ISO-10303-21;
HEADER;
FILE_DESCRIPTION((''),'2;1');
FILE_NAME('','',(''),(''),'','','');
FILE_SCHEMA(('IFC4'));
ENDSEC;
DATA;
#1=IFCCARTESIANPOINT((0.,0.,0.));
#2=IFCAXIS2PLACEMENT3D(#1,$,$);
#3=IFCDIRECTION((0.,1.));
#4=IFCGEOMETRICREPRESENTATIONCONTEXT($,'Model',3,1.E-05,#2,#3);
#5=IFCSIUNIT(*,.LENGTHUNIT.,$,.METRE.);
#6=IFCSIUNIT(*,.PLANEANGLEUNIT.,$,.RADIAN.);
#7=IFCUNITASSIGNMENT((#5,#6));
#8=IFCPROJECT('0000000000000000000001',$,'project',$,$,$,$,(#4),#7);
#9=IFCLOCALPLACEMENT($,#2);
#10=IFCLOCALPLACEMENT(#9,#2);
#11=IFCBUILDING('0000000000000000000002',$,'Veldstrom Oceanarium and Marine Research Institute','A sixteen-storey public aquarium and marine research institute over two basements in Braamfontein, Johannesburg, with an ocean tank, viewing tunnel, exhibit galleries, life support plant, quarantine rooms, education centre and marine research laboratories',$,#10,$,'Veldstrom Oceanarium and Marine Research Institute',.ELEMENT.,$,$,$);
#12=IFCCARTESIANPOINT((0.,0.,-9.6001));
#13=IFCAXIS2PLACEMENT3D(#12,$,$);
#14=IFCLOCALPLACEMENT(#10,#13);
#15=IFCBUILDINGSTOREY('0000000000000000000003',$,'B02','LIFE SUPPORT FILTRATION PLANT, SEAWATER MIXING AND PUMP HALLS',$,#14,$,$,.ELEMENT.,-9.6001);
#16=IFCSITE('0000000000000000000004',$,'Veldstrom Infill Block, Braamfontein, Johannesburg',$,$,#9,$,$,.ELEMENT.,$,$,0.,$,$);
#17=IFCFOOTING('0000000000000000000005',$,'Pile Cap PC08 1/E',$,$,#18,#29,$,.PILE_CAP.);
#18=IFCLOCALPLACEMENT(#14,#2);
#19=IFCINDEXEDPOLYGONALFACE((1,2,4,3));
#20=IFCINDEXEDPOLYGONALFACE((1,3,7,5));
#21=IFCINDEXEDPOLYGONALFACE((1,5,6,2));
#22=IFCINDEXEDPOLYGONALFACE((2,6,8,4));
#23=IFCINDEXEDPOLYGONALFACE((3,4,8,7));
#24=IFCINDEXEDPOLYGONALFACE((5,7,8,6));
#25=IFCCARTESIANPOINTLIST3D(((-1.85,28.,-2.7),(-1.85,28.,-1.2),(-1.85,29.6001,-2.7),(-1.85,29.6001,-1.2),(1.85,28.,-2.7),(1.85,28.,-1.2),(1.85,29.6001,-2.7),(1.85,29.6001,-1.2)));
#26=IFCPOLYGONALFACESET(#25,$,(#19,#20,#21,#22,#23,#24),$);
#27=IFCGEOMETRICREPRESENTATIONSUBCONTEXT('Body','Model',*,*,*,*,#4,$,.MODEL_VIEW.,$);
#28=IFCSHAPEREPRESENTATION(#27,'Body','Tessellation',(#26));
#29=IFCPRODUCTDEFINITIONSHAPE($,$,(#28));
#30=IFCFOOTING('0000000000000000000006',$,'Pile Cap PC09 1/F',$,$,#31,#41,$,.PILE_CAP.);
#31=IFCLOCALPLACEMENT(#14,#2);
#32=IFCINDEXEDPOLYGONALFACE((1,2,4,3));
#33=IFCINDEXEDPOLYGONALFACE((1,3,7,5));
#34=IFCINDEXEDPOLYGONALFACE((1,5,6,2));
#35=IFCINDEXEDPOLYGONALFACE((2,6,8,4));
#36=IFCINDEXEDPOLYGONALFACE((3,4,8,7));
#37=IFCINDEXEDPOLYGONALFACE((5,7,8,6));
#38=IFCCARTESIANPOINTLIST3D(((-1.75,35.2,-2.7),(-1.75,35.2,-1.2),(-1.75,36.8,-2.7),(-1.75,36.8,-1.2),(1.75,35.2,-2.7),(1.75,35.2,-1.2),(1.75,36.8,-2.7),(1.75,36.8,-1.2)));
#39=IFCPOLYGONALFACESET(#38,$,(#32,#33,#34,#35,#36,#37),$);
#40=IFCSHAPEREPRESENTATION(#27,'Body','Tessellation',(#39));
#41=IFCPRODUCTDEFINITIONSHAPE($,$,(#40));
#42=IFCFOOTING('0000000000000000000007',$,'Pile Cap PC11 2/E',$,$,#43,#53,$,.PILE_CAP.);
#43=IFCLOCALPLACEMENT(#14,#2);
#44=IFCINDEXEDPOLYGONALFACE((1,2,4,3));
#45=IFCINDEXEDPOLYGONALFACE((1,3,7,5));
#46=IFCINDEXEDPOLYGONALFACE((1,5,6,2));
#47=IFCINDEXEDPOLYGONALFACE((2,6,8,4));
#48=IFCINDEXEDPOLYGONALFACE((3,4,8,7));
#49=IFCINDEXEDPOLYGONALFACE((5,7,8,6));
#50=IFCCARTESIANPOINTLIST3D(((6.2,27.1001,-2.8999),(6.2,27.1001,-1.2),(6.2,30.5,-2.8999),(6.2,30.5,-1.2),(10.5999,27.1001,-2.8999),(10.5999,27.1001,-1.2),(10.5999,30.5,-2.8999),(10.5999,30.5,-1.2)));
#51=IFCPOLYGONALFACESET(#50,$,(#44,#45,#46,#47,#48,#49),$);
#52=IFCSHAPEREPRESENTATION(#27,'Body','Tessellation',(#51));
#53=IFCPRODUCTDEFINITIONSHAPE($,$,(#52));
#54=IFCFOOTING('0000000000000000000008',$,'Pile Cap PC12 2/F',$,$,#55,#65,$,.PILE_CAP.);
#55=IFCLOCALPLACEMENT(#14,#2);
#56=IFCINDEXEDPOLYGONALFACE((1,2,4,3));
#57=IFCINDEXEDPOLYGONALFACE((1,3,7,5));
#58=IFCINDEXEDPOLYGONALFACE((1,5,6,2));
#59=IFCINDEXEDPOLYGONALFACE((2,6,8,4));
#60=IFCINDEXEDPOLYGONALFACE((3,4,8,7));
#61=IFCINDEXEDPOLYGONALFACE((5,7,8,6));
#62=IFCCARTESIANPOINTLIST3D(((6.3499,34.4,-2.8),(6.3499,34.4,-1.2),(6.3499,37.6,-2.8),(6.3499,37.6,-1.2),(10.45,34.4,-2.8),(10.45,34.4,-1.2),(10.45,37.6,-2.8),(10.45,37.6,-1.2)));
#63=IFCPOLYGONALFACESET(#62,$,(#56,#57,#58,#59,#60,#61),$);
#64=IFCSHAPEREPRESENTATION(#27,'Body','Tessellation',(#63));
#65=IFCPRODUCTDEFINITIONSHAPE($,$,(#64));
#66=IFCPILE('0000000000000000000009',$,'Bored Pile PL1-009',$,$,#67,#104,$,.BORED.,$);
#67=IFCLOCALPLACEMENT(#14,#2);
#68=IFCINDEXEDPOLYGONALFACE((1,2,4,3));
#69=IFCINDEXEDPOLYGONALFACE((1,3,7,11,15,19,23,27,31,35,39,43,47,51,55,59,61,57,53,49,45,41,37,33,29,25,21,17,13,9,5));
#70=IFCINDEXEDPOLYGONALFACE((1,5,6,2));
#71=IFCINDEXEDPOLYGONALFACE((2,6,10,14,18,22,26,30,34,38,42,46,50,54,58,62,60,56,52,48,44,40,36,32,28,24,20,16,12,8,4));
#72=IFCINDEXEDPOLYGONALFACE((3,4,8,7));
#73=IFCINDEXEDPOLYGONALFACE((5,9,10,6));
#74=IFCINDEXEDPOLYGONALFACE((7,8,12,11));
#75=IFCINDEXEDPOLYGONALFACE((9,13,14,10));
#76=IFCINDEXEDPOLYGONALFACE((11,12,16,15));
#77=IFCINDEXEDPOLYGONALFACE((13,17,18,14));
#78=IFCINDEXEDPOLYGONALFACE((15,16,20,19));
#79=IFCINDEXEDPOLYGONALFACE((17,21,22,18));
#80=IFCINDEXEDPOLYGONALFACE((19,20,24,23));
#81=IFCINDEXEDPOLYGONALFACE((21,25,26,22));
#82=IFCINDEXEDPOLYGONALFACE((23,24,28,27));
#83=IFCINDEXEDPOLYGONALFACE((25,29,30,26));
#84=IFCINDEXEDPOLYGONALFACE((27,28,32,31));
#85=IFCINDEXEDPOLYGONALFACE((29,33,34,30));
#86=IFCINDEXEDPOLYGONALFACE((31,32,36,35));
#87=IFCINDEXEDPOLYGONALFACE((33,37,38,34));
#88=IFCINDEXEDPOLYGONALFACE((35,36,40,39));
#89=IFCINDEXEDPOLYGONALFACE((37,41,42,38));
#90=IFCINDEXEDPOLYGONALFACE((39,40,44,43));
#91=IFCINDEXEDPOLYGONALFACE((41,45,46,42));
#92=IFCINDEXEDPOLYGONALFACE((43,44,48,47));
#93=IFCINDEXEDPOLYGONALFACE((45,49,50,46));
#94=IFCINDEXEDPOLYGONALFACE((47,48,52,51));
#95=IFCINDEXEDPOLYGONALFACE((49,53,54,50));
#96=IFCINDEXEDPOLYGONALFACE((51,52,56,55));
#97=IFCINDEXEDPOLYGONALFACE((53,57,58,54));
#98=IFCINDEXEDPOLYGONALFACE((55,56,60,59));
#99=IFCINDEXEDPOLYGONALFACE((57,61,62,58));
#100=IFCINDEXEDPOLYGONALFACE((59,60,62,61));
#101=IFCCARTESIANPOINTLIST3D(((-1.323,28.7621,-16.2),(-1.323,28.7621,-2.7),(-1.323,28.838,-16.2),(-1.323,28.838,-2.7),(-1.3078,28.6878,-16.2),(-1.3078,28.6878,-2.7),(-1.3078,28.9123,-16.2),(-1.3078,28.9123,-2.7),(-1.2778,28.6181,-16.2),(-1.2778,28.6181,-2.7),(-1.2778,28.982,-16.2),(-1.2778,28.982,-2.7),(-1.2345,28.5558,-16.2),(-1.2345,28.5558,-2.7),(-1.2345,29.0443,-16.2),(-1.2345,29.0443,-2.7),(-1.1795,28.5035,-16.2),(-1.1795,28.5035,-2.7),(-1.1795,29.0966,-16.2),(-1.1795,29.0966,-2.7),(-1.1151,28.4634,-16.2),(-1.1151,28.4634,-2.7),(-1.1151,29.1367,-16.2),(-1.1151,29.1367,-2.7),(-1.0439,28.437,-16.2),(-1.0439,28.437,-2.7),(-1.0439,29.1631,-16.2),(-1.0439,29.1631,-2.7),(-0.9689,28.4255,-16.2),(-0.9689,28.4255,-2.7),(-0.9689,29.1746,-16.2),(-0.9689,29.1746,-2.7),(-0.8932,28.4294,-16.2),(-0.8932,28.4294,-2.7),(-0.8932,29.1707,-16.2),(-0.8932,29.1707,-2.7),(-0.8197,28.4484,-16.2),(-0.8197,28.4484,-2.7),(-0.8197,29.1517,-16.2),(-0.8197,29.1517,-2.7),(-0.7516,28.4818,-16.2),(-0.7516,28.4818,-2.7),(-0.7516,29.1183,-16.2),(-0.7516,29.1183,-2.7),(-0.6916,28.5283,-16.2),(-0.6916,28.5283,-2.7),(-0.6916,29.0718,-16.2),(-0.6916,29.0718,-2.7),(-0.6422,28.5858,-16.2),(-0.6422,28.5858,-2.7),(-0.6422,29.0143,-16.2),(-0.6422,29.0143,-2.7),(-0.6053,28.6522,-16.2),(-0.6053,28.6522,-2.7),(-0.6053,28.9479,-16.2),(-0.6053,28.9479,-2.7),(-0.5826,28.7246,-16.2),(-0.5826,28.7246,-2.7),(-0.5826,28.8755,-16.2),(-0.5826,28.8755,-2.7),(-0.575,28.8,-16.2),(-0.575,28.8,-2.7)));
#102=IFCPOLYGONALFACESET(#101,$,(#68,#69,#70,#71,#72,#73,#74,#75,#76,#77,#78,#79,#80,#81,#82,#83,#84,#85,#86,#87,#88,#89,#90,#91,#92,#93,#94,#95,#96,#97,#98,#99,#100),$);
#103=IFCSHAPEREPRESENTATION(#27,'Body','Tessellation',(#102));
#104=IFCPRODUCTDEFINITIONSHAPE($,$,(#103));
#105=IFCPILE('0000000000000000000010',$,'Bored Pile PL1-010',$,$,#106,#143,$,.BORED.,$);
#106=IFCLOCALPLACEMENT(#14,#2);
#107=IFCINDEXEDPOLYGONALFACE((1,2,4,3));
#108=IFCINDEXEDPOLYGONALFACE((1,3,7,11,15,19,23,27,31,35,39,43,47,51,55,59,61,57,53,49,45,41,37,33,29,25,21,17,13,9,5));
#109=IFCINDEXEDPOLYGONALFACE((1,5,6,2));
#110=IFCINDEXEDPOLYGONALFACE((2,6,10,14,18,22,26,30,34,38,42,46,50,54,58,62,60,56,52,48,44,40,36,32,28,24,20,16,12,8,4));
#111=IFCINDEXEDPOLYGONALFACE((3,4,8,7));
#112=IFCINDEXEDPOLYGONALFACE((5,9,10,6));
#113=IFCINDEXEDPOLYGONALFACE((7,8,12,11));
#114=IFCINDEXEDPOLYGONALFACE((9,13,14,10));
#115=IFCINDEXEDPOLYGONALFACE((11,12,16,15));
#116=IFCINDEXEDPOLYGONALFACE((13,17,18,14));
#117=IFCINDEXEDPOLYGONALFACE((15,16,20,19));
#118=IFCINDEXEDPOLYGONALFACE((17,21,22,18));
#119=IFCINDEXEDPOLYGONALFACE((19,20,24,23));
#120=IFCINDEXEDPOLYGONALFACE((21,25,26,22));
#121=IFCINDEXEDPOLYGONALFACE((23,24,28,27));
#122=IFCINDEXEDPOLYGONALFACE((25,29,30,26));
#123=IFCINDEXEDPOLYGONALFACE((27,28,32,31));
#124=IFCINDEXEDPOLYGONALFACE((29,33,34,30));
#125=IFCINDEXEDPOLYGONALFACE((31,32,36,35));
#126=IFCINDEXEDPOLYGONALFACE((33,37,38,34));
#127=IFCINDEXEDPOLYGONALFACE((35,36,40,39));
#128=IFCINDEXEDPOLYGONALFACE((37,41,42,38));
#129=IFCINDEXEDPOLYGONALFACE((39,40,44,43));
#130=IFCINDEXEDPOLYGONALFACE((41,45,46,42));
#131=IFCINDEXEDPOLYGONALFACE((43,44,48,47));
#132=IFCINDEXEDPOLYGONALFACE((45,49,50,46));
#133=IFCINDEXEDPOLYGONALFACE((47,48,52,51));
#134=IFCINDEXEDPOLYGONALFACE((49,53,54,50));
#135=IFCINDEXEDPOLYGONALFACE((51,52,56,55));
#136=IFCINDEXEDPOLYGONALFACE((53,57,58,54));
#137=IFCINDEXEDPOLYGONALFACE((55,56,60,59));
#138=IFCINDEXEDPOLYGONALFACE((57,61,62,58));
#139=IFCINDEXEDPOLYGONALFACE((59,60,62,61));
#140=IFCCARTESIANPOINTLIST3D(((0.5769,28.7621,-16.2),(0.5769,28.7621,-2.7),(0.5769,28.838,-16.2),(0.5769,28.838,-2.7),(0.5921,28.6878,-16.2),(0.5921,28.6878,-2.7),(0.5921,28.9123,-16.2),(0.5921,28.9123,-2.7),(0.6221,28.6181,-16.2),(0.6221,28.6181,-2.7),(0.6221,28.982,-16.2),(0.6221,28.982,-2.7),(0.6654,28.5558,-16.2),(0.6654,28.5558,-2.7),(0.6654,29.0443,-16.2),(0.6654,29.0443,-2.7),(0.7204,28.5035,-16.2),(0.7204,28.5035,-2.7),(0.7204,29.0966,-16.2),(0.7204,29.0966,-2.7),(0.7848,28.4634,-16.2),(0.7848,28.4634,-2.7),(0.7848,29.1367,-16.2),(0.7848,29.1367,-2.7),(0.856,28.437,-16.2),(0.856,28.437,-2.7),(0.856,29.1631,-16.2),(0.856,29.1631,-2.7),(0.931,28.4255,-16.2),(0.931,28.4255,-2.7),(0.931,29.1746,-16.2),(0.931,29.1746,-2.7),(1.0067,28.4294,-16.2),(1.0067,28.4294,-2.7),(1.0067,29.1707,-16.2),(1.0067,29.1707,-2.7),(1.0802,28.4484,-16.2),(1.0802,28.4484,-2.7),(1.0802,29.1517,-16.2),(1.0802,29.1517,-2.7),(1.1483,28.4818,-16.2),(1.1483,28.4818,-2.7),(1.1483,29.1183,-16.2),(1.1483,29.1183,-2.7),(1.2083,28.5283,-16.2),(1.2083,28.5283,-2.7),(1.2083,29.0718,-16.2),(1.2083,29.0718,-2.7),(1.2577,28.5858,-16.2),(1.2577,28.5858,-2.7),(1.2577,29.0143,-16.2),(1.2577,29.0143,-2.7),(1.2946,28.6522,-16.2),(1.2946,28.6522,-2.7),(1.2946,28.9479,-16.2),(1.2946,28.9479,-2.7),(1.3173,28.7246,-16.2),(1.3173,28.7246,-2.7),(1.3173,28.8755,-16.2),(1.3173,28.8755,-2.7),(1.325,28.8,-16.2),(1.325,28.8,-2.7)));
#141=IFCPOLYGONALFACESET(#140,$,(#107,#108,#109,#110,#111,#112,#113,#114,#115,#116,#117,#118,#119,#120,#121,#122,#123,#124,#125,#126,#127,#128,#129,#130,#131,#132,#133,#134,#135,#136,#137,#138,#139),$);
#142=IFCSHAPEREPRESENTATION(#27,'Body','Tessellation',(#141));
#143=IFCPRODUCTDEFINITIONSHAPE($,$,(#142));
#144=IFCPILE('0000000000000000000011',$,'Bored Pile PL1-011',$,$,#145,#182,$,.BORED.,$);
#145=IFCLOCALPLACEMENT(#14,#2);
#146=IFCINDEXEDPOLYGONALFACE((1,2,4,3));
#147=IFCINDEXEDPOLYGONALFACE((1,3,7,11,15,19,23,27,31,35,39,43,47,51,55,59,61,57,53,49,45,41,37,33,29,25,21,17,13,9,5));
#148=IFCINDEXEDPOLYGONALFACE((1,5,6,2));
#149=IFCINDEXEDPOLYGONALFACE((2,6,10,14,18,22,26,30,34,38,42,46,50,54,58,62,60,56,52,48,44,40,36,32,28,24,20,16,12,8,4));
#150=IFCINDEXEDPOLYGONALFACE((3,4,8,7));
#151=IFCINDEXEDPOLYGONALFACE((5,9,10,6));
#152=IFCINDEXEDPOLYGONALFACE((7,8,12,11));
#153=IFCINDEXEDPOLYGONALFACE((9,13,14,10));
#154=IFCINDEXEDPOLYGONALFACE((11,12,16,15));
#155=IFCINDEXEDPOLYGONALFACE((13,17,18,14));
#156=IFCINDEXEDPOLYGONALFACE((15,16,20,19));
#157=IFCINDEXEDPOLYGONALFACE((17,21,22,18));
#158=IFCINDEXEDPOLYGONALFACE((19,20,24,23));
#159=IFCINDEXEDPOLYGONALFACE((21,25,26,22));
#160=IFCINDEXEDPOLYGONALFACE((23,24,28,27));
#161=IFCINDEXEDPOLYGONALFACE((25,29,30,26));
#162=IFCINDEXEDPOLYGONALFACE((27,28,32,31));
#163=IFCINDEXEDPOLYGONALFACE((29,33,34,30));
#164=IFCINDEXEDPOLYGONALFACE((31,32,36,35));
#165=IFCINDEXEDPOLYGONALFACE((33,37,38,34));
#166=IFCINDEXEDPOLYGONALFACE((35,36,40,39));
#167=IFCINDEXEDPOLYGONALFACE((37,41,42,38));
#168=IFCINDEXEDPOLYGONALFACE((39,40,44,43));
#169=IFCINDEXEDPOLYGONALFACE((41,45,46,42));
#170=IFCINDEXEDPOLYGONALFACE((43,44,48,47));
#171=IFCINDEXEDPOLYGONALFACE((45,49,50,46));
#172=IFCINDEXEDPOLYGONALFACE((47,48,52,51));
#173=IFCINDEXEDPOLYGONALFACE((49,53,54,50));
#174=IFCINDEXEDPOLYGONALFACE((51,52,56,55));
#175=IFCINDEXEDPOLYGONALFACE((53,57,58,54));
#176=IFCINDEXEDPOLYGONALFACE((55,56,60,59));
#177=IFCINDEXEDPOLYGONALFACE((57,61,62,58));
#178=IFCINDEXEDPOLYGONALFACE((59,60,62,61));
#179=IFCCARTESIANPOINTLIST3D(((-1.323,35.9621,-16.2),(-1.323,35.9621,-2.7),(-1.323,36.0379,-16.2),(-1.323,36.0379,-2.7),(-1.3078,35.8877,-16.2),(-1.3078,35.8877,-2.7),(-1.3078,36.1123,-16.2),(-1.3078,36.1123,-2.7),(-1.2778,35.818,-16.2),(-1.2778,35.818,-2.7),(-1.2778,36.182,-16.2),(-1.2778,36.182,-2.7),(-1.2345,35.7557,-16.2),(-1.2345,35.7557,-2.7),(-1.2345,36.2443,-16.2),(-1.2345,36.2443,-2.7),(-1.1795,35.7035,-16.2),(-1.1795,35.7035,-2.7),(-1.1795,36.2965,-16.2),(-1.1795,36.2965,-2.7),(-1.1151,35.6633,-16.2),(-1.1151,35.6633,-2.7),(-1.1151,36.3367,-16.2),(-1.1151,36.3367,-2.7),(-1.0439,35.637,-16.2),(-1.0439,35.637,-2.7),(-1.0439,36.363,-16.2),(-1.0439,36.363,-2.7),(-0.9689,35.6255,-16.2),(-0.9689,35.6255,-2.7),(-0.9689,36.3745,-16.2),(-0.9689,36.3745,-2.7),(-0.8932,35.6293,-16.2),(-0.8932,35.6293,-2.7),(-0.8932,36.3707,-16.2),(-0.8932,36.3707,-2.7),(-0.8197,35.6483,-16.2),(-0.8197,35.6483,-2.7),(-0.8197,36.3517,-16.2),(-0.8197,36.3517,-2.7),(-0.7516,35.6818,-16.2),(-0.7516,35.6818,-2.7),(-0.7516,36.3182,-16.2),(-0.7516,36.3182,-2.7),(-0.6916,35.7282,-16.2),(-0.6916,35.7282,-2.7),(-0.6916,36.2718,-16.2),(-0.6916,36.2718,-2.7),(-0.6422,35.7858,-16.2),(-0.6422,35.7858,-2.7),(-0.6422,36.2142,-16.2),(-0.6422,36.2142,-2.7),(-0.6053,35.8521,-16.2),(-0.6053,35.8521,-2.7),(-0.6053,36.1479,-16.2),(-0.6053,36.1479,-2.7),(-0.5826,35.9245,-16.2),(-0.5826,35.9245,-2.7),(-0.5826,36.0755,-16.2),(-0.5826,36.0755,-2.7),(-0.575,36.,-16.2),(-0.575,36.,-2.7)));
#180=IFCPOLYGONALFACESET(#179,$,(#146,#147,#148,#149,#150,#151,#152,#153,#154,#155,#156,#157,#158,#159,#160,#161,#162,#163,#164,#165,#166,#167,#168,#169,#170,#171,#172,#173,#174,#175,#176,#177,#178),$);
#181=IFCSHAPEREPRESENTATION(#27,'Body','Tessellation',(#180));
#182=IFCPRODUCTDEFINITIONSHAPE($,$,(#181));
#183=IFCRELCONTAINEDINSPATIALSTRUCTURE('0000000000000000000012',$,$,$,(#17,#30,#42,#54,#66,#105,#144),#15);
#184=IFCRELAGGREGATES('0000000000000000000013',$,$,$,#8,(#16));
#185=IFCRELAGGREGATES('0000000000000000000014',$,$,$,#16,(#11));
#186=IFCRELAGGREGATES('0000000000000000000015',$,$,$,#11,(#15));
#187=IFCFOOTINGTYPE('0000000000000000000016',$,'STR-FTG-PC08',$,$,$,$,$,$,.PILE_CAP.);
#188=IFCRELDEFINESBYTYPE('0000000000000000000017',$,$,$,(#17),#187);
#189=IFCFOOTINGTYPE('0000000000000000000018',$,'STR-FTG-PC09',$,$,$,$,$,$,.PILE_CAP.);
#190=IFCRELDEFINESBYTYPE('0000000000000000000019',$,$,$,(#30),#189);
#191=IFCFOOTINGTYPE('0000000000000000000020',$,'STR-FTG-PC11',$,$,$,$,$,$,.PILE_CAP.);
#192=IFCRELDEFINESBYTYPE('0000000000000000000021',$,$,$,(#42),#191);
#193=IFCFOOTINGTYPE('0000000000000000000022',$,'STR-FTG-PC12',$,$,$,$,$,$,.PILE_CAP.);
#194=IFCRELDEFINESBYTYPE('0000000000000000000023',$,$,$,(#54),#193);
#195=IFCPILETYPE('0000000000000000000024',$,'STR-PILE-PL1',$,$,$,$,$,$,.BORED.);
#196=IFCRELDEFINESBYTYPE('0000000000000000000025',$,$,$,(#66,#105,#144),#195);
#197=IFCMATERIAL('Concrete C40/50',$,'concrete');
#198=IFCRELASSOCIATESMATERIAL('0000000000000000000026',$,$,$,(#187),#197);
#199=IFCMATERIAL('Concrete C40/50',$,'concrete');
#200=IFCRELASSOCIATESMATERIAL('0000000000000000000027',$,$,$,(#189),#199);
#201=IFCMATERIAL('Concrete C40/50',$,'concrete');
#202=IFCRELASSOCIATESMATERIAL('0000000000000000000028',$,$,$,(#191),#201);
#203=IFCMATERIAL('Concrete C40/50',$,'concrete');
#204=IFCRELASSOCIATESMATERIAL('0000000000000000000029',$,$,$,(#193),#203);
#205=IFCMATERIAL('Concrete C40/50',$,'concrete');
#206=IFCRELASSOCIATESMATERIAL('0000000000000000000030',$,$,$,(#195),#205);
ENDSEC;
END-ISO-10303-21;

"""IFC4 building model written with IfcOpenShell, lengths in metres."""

from ifc_helpers import new_model, si_unit, direction, frame, origin, origin_2d, place, context, subcontext, project, spatial, rectangle, circle, extrude, material, material_profile, profile_set, type_object, element, save


model = new_model("IFC4")

# Units and contexts
model_context = context("Model", 3, precision=1e-05, world=origin(), true_north=direction((0.0, 1.0)))
body_context = subcontext(model_context, "Body", "Model", "MODEL_VIEW")
ifc_project = project(units=[si_unit("LENGTHUNIT", "METRE"), si_unit("PLANEANGLEUNIT", "RADIAN")], contexts=[model_context])

# Site, building, storey
site_placement = place(None, origin())
site = spatial("IfcSite", under=ifc_project, at=site_placement, Name="Veldstrom Infill Block, Braamfontein, Johannesburg", CompositionType="ELEMENT", RefElevation=0.0)
building_placement = place(site_placement, origin())
building = spatial("IfcBuilding", under=site, at=building_placement, Name="Veldstrom Oceanarium and Marine Research Institute", Description="A sixteen-storey public aquarium and marine research institute over two basements in Braamfontein, Johannesburg, with an ocean tank, viewing tunnel, exhibit galleries, life support plant, quarantine rooms, education centre and marine research laboratories", LongName="Veldstrom Oceanarium and Marine Research Institute", CompositionType="ELEMENT")
storey_placement = place(building_placement, frame((0.0, 0.0, -9.6001)))
storey = spatial("IfcBuildingStorey", under=building, at=storey_placement, Name="B02", Description="LIFE SUPPORT FILTRATION PLANT, SEAWATER MIXING AND PUMP HALLS", CompositionType="ELEMENT", Elevation=-9.6001)

# Footings
ifc_material_1 = material(Name="Concrete C40/50", Category="concrete")
footing_type_1 = type_object("IfcFootingType", Name="STR-FTG-PC08", PredefinedType="PILE_CAP", material=ifc_material_1)
footing_1_placement = place(storey_placement, frame((0.0, 28.8, -2.7), z_axis=(0.0, 0.0, 1.0), x_axis=(1.0, 0.0, 0.0)))
element("IfcFooting", 1, at=footing_1_placement, inside=storey, type_object=footing_type_1, Name="Pile Cap PC08 1/E", PredefinedType="PILE_CAP", context=body_context, shape_type="SweptSolid", body=[
    extrude(rectangle(XDim=3.7, YDim=1.6001, at=origin_2d()), origin(), (0.0, 0.0, 1.0), 1.5),
])
ifc_material_2 = material(Name="Concrete C40/50", Category="concrete")
footing_type_2 = type_object("IfcFootingType", Name="STR-FTG-PC09", PredefinedType="PILE_CAP", material=ifc_material_2)
footing_2_placement = place(storey_placement, frame((0.0, 36.0, -2.7), z_axis=(0.0, 0.0, 1.0), x_axis=(1.0, 0.0, 0.0)))
element("IfcFooting", 2, at=footing_2_placement, inside=storey, type_object=footing_type_2, Name="Pile Cap PC09 1/F", PredefinedType="PILE_CAP", context=body_context, shape_type="SweptSolid", body=[
    extrude(rectangle(XDim=3.5, YDim=1.6001, at=origin_2d()), origin(), (0.0, 0.0, 1.0), 1.5),
])
ifc_material_3 = material(Name="Concrete C40/50", Category="concrete")
footing_type_3 = type_object("IfcFootingType", Name="STR-FTG-PC11", PredefinedType="PILE_CAP", material=ifc_material_3)
footing_3_placement = place(storey_placement, frame((8.3999, 28.8, -2.8999), z_axis=(0.0, 0.0, 1.0), x_axis=(1.0, 0.0, 0.0)))
element("IfcFooting", 3, at=footing_3_placement, inside=storey, type_object=footing_type_3, Name="Pile Cap PC11 2/E", PredefinedType="PILE_CAP", context=body_context, shape_type="SweptSolid", body=[
    extrude(rectangle(XDim=4.3999, YDim=3.3999, at=origin_2d()), origin(), (0.0, 0.0, 1.0), 1.7),
])
ifc_material_4 = material(Name="Concrete C40/50", Category="concrete")
footing_type_4 = type_object("IfcFootingType", Name="STR-FTG-PC12", PredefinedType="PILE_CAP", material=ifc_material_4)
footing_4_placement = place(storey_placement, frame((8.3999, 36.0, -2.8), z_axis=(0.0, 0.0, 1.0), x_axis=(1.0, 0.0, 0.0)))
element("IfcFooting", 4, at=footing_4_placement, inside=storey, type_object=footing_type_4, Name="Pile Cap PC12 2/F", PredefinedType="PILE_CAP", context=body_context, shape_type="SweptSolid", body=[
    extrude(rectangle(XDim=4.1001, YDim=3.2, at=origin_2d()), origin(), (0.0, 0.0, 1.0), 1.6001),
])

# Piles
ifc_material_5 = material(Name="Concrete C40/50", Category="concrete")
ifc_material_profile_1 = material_profile(ifc_material_5, circle(Radius=0.375, at=origin_2d()), Name="PILE-D750")
ifc_profile_set_1 = profile_set([ifc_material_profile_1], Name="Concrete C40/50")
pile_type = type_object("IfcPileType", Name="STR-PILE-PL1", PredefinedType="BORED", material=ifc_profile_set_1)
for number, where, z_axis, x_axis, name in (
    (5, (-0.95, 28.8, -2.7), (0.0, 0.0, -1.0), (1.0, 0.0, 0.0), "Bored Pile PL1-009"),
    (6, (0.95, 28.8, -2.7), (0.0, 0.0, -1.0), (1.0, 0.0, 0.0), "Bored Pile PL1-010"),
    (7, (-0.95, 36.0, -2.7), (0.0, 0.0, -1.0), (1.0, 0.0, 0.0), "Bored Pile PL1-011"),
):
    element("IfcPile", number, at=place(storey_placement, frame(where, z_axis=z_axis, x_axis=x_axis)), inside=storey, type_object=pile_type, Name=name, PredefinedType="BORED", context=body_context, shape_type="SweptSolid", body=[
        extrude(circle(Radius=0.375, at=origin_2d()), origin(), (0.0, 0.0, 1.0), 13.5),
    ])

save(model, "model.ifc")
